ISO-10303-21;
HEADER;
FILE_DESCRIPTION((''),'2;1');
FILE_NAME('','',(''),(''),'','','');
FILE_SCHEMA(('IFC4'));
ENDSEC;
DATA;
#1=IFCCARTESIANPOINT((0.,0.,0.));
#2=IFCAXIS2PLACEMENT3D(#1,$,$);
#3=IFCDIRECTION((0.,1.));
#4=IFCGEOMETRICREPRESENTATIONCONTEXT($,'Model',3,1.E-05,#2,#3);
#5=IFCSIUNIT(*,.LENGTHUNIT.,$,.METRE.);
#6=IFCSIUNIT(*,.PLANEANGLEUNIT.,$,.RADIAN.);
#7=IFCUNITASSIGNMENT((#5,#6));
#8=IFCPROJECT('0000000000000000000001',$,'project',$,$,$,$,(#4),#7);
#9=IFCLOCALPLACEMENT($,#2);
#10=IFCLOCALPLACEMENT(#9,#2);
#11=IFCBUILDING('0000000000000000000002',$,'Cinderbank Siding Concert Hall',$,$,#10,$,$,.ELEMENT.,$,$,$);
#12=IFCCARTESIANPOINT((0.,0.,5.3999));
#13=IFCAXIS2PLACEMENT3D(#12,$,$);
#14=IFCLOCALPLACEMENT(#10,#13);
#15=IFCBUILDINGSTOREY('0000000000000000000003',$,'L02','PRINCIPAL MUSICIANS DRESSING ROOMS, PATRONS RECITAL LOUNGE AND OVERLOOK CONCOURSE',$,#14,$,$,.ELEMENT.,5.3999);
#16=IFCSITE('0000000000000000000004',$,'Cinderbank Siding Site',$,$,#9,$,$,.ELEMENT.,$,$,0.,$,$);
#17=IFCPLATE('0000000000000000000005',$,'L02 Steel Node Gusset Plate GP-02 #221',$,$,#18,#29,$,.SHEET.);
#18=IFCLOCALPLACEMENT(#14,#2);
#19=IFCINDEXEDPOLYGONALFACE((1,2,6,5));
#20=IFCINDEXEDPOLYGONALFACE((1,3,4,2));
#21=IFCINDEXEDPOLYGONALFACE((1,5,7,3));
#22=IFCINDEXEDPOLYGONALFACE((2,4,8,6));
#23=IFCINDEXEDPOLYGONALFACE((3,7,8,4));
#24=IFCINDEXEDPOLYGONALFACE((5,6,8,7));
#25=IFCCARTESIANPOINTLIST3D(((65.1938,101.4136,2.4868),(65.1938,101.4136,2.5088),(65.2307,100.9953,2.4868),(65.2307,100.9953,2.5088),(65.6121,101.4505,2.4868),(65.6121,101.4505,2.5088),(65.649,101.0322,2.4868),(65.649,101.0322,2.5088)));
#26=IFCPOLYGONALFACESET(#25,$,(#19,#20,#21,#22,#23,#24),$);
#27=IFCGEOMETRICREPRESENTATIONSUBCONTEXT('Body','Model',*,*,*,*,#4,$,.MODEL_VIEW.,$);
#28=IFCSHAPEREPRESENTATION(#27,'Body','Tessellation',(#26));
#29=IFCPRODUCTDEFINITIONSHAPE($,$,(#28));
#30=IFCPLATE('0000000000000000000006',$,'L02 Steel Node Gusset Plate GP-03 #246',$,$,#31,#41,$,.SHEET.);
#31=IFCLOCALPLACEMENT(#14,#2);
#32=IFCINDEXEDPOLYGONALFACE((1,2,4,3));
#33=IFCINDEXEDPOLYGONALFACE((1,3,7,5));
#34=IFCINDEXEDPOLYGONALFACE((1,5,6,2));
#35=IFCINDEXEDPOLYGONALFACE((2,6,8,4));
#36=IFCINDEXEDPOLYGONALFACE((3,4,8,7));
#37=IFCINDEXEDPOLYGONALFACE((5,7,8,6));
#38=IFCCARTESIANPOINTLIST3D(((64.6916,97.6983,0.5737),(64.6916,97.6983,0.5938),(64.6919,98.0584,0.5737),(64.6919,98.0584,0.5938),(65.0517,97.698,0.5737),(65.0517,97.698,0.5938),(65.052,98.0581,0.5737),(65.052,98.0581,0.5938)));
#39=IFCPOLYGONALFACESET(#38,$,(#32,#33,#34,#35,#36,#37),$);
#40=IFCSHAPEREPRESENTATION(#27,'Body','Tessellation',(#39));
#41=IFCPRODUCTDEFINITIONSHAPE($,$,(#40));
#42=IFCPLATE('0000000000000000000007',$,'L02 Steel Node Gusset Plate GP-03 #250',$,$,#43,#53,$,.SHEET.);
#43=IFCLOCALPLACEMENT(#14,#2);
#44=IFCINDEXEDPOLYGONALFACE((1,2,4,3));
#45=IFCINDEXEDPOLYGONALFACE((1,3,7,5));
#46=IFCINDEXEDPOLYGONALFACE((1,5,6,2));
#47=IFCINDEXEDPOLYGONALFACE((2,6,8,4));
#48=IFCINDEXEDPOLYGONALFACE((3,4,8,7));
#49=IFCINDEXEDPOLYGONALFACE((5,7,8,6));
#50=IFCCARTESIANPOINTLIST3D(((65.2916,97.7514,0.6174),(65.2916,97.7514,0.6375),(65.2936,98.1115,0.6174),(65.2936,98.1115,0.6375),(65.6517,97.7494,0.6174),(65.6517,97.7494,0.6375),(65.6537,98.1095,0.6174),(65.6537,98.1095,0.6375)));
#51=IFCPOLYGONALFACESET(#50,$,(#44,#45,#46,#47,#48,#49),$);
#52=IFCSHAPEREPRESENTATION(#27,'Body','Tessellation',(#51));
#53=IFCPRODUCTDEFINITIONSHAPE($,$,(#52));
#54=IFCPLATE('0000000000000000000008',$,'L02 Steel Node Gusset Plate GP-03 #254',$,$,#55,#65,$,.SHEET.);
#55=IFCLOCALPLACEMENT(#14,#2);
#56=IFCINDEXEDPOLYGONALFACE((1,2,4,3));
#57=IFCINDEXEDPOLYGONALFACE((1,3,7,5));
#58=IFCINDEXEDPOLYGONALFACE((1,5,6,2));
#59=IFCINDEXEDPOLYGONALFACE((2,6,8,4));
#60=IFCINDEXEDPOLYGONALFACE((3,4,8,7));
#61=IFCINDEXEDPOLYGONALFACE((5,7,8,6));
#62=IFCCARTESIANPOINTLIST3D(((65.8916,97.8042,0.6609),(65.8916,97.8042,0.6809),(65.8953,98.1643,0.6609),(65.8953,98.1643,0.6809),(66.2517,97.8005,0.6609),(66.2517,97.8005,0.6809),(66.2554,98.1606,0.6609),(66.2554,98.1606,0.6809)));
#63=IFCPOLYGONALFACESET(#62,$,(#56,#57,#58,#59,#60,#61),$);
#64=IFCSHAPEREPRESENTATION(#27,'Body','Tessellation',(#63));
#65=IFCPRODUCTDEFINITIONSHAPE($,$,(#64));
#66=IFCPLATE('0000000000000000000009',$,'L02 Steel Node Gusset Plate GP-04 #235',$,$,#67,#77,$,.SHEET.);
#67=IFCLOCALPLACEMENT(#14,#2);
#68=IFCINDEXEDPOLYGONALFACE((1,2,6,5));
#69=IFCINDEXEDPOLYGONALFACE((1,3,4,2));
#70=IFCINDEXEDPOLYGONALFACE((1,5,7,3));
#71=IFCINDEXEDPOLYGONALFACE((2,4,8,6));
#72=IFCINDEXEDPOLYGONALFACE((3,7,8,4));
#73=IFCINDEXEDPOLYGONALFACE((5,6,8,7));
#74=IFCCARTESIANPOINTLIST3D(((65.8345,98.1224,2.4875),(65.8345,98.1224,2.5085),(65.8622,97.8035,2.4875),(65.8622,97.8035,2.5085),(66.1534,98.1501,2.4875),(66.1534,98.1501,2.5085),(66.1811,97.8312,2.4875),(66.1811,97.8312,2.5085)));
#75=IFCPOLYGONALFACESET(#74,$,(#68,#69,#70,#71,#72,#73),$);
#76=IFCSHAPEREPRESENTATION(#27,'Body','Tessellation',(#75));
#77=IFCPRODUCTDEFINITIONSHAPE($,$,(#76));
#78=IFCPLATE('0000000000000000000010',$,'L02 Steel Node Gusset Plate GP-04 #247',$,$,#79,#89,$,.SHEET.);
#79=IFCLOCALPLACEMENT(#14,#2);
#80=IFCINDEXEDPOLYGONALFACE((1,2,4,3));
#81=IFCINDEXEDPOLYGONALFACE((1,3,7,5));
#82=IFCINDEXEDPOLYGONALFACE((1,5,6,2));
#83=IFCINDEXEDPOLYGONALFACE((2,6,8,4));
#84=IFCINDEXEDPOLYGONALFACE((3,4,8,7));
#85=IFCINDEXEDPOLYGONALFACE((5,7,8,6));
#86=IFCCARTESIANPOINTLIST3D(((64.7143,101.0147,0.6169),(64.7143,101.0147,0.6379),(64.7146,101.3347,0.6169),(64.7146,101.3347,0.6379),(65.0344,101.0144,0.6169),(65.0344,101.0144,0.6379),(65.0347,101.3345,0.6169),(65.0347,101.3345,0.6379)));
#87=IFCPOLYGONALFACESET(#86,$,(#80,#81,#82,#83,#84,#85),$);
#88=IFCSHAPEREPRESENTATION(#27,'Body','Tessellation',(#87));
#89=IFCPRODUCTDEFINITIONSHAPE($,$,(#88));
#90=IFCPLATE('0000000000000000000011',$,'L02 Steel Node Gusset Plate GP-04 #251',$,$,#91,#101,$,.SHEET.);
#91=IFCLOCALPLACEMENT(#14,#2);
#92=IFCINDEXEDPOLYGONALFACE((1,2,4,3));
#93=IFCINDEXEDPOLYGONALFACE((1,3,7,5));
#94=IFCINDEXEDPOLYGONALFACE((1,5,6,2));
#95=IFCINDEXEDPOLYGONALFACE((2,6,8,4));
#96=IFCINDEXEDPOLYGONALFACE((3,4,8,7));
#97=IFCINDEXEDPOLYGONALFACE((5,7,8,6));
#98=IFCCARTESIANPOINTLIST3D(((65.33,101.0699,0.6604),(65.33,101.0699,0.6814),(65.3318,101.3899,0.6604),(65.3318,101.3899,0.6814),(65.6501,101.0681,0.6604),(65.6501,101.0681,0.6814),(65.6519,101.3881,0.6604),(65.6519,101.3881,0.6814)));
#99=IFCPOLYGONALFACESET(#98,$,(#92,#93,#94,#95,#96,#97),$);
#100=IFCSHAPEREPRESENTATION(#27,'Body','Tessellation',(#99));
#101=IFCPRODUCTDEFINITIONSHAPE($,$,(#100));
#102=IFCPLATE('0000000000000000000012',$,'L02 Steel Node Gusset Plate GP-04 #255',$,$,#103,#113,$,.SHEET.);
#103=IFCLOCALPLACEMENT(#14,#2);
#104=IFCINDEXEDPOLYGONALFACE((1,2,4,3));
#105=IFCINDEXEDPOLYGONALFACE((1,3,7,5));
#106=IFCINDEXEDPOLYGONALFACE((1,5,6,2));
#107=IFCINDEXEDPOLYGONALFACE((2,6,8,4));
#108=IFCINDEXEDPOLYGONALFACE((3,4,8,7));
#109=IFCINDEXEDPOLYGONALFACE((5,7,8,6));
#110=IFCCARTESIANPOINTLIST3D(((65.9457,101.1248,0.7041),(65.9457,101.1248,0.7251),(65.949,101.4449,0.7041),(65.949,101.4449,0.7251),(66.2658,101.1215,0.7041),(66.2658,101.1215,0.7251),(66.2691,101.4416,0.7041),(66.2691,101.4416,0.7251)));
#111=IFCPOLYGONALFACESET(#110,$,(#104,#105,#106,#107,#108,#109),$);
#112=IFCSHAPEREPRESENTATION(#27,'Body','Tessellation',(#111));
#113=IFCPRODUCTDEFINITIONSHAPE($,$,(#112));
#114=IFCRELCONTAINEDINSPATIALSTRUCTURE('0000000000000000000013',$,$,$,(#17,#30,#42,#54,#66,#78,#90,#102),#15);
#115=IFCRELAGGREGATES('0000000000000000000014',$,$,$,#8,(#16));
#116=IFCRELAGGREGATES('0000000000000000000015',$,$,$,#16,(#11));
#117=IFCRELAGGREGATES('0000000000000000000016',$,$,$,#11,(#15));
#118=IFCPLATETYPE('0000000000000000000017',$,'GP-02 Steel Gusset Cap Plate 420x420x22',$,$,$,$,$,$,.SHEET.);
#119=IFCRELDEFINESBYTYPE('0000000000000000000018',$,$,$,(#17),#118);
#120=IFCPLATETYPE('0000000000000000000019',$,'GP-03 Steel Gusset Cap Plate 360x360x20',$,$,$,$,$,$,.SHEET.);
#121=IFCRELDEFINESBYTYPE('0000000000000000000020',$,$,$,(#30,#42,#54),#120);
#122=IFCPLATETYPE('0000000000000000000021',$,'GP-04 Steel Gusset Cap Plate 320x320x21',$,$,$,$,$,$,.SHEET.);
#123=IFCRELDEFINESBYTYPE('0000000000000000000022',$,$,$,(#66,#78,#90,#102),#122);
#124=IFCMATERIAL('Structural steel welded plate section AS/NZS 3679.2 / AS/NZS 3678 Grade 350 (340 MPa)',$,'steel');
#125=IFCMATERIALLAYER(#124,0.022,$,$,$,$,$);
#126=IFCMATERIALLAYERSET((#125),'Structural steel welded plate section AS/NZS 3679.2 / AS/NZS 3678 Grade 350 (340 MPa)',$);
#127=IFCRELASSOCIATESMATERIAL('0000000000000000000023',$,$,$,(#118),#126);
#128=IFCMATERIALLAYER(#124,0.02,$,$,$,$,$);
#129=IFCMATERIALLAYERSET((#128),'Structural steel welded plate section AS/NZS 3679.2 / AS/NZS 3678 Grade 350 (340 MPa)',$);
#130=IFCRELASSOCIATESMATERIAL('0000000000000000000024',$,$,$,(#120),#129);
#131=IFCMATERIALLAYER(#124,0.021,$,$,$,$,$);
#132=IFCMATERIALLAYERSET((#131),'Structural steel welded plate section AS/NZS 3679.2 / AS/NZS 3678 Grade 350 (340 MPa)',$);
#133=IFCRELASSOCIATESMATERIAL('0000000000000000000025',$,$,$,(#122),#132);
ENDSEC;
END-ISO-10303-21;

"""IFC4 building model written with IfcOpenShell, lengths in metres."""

from ifc_helpers import new_model, si_unit, direction, frame, origin, origin_2d, place, context, subcontext, project, spatial, rectangle, extrude, material, layer, layer_set, type_object, element, save


model = new_model("IFC4")

# Units and contexts
model_context = context("Model", 3, precision=1e-05, world=origin(), true_north=direction((0.0, 1.0)))
body_context = subcontext(model_context, "Body", "Model", "MODEL_VIEW")
ifc_project = project(units=[si_unit("LENGTHUNIT", "METRE"), si_unit("PLANEANGLEUNIT", "RADIAN")], contexts=[model_context])

# Site, building, storey
site_placement = place(None, origin())
site = spatial("IfcSite", under=ifc_project, at=site_placement, Name="Cinderbank Siding Site", CompositionType="ELEMENT", RefElevation=0.0)
building_placement = place(site_placement, origin())
building = spatial("IfcBuilding", under=site, at=building_placement, Name="Cinderbank Siding Concert Hall", CompositionType="ELEMENT")
storey_placement = place(building_placement, frame((0.0, 0.0, 5.3999)))
storey = spatial("IfcBuildingStorey", under=building, at=storey_placement, Name="L02", Description="PRINCIPAL MUSICIANS DRESSING ROOMS, PATRONS RECITAL LOUNGE AND OVERLOOK CONCOURSE", CompositionType="ELEMENT", Elevation=5.3999)

# Shared definitions
ifc_material_1 = material(Name="Structural steel welded plate section AS/NZS 3679.2 / AS/NZS 3678 Grade 350 (340 MPa)", Category="steel")

# Plates
ifc_layer_1 = layer(ifc_material_1, 0.022)
ifc_layer_set_1 = layer_set([ifc_layer_1], Name="Structural steel welded plate section AS/NZS 3679.2 / AS/NZS 3678 Grade 350 (340 MPa)")
plate_type_1 = type_object("IfcPlateType", Name="GP-02 Steel Gusset Cap Plate 420x420x22", PredefinedType="SHEET", material=ifc_layer_set_1)
plate_1_placement = place(storey_placement, frame((65.4214, 101.2229, 2.4868), z_axis=(0.0, 0.0, 1.0), x_axis=(0.996134, 0.087851, 0.0)))
element("IfcPlate", 1, at=plate_1_placement, inside=storey, type_object=plate_type_1, Name="L02 Steel Node Gusset Plate GP-02 #221", PredefinedType="SHEET", context=body_context, shape_type="SweptSolid", body=[
    extrude(rectangle(XDim=0.4199, YDim=0.4199, at=origin_2d()), origin(), (0.0, 0.0, 1.0), 0.022),
])
ifc_layer_2 = layer(ifc_material_1, 0.02)
ifc_layer_set_2 = layer_set([ifc_layer_2], Name="Structural steel welded plate section AS/NZS 3679.2 / AS/NZS 3678 Grade 350 (340 MPa)")
plate_type_2 = type_object("IfcPlateType", Name="GP-03 Steel Gusset Cap Plate 360x360x20", PredefinedType="SHEET", material=ifc_layer_set_2)
for number, where, z_axis, x_axis, name in (
    (2, (64.8718, 97.8782, 0.5737), (0.0, 0.0, 1.0), (0.000873, 1.0, 0.0), "L02 Steel Node Gusset Plate GP-03 #246"),
    (3, (65.4727, 97.9304, 0.6174), (0.0, 0.0, 1.0), (0.005585, 0.999984, 0.0), "L02 Steel Node Gusset Plate GP-03 #250"),
    (4, (66.0735, 97.9824, 0.6609), (0.0, 0.0, 1.0), (0.010297, 0.999947, 0.0), "L02 Steel Node Gusset Plate GP-03 #254"),
):
    element("IfcPlate", number, at=place(storey_placement, frame(where, z_axis=z_axis, x_axis=x_axis)), inside=storey, type_object=plate_type_2, Name=name, PredefinedType="SHEET", context=body_context, shape_type="SweptSolid", body=[
        extrude(rectangle(XDim=0.3601, YDim=0.3601, at=origin_2d()), origin(), (0.0, 0.0, 1.0), 0.02),
    ])
ifc_layer_3 = layer(ifc_material_1, 0.021)
ifc_layer_set_3 = layer_set([ifc_layer_3], Name="Structural steel welded plate section AS/NZS 3679.2 / AS/NZS 3678 Grade 350 (340 MPa)")
plate_type_3 = type_object("IfcPlateType", Name="GP-04 Steel Gusset Cap Plate 320x320x21", PredefinedType="SHEET", material=ifc_layer_set_3)
for number, where, z_axis, x_axis, name in (
    (5, (66.0078, 97.9768, 2.4875), (0.0, 0.0, 1.0), (0.996255, 0.08646, 0.0), "L02 Steel Node Gusset Plate GP-04 #235"),
    (6, (64.8745, 101.1746, 0.6169), (0.0, 0.0, 1.0), (0.000873, 1.0, 0.0), "L02 Steel Node Gusset Plate GP-04 #247"),
    (7, (65.491, 101.229, 0.6604), (0.0, 0.0, 1.0), (0.005585, 0.999984, 0.0), "L02 Steel Node Gusset Plate GP-04 #251"),
    (8, (66.1074, 101.2832, 0.7041), (0.0, 0.0, 1.0), (0.010297, 0.999947, 0.0), "L02 Steel Node Gusset Plate GP-04 #255"),
):
    element("IfcPlate", number, at=place(storey_placement, frame(where, z_axis=z_axis, x_axis=x_axis)), inside=storey, type_object=plate_type_3, Name=name, PredefinedType="SHEET", context=body_context, shape_type="SweptSolid", body=[
        extrude(rectangle(XDim=0.3201, YDim=0.3201, at=origin_2d()), origin(), (0.0, 0.0, 1.0), 0.021),
    ])

save(model, "model.ifc")
